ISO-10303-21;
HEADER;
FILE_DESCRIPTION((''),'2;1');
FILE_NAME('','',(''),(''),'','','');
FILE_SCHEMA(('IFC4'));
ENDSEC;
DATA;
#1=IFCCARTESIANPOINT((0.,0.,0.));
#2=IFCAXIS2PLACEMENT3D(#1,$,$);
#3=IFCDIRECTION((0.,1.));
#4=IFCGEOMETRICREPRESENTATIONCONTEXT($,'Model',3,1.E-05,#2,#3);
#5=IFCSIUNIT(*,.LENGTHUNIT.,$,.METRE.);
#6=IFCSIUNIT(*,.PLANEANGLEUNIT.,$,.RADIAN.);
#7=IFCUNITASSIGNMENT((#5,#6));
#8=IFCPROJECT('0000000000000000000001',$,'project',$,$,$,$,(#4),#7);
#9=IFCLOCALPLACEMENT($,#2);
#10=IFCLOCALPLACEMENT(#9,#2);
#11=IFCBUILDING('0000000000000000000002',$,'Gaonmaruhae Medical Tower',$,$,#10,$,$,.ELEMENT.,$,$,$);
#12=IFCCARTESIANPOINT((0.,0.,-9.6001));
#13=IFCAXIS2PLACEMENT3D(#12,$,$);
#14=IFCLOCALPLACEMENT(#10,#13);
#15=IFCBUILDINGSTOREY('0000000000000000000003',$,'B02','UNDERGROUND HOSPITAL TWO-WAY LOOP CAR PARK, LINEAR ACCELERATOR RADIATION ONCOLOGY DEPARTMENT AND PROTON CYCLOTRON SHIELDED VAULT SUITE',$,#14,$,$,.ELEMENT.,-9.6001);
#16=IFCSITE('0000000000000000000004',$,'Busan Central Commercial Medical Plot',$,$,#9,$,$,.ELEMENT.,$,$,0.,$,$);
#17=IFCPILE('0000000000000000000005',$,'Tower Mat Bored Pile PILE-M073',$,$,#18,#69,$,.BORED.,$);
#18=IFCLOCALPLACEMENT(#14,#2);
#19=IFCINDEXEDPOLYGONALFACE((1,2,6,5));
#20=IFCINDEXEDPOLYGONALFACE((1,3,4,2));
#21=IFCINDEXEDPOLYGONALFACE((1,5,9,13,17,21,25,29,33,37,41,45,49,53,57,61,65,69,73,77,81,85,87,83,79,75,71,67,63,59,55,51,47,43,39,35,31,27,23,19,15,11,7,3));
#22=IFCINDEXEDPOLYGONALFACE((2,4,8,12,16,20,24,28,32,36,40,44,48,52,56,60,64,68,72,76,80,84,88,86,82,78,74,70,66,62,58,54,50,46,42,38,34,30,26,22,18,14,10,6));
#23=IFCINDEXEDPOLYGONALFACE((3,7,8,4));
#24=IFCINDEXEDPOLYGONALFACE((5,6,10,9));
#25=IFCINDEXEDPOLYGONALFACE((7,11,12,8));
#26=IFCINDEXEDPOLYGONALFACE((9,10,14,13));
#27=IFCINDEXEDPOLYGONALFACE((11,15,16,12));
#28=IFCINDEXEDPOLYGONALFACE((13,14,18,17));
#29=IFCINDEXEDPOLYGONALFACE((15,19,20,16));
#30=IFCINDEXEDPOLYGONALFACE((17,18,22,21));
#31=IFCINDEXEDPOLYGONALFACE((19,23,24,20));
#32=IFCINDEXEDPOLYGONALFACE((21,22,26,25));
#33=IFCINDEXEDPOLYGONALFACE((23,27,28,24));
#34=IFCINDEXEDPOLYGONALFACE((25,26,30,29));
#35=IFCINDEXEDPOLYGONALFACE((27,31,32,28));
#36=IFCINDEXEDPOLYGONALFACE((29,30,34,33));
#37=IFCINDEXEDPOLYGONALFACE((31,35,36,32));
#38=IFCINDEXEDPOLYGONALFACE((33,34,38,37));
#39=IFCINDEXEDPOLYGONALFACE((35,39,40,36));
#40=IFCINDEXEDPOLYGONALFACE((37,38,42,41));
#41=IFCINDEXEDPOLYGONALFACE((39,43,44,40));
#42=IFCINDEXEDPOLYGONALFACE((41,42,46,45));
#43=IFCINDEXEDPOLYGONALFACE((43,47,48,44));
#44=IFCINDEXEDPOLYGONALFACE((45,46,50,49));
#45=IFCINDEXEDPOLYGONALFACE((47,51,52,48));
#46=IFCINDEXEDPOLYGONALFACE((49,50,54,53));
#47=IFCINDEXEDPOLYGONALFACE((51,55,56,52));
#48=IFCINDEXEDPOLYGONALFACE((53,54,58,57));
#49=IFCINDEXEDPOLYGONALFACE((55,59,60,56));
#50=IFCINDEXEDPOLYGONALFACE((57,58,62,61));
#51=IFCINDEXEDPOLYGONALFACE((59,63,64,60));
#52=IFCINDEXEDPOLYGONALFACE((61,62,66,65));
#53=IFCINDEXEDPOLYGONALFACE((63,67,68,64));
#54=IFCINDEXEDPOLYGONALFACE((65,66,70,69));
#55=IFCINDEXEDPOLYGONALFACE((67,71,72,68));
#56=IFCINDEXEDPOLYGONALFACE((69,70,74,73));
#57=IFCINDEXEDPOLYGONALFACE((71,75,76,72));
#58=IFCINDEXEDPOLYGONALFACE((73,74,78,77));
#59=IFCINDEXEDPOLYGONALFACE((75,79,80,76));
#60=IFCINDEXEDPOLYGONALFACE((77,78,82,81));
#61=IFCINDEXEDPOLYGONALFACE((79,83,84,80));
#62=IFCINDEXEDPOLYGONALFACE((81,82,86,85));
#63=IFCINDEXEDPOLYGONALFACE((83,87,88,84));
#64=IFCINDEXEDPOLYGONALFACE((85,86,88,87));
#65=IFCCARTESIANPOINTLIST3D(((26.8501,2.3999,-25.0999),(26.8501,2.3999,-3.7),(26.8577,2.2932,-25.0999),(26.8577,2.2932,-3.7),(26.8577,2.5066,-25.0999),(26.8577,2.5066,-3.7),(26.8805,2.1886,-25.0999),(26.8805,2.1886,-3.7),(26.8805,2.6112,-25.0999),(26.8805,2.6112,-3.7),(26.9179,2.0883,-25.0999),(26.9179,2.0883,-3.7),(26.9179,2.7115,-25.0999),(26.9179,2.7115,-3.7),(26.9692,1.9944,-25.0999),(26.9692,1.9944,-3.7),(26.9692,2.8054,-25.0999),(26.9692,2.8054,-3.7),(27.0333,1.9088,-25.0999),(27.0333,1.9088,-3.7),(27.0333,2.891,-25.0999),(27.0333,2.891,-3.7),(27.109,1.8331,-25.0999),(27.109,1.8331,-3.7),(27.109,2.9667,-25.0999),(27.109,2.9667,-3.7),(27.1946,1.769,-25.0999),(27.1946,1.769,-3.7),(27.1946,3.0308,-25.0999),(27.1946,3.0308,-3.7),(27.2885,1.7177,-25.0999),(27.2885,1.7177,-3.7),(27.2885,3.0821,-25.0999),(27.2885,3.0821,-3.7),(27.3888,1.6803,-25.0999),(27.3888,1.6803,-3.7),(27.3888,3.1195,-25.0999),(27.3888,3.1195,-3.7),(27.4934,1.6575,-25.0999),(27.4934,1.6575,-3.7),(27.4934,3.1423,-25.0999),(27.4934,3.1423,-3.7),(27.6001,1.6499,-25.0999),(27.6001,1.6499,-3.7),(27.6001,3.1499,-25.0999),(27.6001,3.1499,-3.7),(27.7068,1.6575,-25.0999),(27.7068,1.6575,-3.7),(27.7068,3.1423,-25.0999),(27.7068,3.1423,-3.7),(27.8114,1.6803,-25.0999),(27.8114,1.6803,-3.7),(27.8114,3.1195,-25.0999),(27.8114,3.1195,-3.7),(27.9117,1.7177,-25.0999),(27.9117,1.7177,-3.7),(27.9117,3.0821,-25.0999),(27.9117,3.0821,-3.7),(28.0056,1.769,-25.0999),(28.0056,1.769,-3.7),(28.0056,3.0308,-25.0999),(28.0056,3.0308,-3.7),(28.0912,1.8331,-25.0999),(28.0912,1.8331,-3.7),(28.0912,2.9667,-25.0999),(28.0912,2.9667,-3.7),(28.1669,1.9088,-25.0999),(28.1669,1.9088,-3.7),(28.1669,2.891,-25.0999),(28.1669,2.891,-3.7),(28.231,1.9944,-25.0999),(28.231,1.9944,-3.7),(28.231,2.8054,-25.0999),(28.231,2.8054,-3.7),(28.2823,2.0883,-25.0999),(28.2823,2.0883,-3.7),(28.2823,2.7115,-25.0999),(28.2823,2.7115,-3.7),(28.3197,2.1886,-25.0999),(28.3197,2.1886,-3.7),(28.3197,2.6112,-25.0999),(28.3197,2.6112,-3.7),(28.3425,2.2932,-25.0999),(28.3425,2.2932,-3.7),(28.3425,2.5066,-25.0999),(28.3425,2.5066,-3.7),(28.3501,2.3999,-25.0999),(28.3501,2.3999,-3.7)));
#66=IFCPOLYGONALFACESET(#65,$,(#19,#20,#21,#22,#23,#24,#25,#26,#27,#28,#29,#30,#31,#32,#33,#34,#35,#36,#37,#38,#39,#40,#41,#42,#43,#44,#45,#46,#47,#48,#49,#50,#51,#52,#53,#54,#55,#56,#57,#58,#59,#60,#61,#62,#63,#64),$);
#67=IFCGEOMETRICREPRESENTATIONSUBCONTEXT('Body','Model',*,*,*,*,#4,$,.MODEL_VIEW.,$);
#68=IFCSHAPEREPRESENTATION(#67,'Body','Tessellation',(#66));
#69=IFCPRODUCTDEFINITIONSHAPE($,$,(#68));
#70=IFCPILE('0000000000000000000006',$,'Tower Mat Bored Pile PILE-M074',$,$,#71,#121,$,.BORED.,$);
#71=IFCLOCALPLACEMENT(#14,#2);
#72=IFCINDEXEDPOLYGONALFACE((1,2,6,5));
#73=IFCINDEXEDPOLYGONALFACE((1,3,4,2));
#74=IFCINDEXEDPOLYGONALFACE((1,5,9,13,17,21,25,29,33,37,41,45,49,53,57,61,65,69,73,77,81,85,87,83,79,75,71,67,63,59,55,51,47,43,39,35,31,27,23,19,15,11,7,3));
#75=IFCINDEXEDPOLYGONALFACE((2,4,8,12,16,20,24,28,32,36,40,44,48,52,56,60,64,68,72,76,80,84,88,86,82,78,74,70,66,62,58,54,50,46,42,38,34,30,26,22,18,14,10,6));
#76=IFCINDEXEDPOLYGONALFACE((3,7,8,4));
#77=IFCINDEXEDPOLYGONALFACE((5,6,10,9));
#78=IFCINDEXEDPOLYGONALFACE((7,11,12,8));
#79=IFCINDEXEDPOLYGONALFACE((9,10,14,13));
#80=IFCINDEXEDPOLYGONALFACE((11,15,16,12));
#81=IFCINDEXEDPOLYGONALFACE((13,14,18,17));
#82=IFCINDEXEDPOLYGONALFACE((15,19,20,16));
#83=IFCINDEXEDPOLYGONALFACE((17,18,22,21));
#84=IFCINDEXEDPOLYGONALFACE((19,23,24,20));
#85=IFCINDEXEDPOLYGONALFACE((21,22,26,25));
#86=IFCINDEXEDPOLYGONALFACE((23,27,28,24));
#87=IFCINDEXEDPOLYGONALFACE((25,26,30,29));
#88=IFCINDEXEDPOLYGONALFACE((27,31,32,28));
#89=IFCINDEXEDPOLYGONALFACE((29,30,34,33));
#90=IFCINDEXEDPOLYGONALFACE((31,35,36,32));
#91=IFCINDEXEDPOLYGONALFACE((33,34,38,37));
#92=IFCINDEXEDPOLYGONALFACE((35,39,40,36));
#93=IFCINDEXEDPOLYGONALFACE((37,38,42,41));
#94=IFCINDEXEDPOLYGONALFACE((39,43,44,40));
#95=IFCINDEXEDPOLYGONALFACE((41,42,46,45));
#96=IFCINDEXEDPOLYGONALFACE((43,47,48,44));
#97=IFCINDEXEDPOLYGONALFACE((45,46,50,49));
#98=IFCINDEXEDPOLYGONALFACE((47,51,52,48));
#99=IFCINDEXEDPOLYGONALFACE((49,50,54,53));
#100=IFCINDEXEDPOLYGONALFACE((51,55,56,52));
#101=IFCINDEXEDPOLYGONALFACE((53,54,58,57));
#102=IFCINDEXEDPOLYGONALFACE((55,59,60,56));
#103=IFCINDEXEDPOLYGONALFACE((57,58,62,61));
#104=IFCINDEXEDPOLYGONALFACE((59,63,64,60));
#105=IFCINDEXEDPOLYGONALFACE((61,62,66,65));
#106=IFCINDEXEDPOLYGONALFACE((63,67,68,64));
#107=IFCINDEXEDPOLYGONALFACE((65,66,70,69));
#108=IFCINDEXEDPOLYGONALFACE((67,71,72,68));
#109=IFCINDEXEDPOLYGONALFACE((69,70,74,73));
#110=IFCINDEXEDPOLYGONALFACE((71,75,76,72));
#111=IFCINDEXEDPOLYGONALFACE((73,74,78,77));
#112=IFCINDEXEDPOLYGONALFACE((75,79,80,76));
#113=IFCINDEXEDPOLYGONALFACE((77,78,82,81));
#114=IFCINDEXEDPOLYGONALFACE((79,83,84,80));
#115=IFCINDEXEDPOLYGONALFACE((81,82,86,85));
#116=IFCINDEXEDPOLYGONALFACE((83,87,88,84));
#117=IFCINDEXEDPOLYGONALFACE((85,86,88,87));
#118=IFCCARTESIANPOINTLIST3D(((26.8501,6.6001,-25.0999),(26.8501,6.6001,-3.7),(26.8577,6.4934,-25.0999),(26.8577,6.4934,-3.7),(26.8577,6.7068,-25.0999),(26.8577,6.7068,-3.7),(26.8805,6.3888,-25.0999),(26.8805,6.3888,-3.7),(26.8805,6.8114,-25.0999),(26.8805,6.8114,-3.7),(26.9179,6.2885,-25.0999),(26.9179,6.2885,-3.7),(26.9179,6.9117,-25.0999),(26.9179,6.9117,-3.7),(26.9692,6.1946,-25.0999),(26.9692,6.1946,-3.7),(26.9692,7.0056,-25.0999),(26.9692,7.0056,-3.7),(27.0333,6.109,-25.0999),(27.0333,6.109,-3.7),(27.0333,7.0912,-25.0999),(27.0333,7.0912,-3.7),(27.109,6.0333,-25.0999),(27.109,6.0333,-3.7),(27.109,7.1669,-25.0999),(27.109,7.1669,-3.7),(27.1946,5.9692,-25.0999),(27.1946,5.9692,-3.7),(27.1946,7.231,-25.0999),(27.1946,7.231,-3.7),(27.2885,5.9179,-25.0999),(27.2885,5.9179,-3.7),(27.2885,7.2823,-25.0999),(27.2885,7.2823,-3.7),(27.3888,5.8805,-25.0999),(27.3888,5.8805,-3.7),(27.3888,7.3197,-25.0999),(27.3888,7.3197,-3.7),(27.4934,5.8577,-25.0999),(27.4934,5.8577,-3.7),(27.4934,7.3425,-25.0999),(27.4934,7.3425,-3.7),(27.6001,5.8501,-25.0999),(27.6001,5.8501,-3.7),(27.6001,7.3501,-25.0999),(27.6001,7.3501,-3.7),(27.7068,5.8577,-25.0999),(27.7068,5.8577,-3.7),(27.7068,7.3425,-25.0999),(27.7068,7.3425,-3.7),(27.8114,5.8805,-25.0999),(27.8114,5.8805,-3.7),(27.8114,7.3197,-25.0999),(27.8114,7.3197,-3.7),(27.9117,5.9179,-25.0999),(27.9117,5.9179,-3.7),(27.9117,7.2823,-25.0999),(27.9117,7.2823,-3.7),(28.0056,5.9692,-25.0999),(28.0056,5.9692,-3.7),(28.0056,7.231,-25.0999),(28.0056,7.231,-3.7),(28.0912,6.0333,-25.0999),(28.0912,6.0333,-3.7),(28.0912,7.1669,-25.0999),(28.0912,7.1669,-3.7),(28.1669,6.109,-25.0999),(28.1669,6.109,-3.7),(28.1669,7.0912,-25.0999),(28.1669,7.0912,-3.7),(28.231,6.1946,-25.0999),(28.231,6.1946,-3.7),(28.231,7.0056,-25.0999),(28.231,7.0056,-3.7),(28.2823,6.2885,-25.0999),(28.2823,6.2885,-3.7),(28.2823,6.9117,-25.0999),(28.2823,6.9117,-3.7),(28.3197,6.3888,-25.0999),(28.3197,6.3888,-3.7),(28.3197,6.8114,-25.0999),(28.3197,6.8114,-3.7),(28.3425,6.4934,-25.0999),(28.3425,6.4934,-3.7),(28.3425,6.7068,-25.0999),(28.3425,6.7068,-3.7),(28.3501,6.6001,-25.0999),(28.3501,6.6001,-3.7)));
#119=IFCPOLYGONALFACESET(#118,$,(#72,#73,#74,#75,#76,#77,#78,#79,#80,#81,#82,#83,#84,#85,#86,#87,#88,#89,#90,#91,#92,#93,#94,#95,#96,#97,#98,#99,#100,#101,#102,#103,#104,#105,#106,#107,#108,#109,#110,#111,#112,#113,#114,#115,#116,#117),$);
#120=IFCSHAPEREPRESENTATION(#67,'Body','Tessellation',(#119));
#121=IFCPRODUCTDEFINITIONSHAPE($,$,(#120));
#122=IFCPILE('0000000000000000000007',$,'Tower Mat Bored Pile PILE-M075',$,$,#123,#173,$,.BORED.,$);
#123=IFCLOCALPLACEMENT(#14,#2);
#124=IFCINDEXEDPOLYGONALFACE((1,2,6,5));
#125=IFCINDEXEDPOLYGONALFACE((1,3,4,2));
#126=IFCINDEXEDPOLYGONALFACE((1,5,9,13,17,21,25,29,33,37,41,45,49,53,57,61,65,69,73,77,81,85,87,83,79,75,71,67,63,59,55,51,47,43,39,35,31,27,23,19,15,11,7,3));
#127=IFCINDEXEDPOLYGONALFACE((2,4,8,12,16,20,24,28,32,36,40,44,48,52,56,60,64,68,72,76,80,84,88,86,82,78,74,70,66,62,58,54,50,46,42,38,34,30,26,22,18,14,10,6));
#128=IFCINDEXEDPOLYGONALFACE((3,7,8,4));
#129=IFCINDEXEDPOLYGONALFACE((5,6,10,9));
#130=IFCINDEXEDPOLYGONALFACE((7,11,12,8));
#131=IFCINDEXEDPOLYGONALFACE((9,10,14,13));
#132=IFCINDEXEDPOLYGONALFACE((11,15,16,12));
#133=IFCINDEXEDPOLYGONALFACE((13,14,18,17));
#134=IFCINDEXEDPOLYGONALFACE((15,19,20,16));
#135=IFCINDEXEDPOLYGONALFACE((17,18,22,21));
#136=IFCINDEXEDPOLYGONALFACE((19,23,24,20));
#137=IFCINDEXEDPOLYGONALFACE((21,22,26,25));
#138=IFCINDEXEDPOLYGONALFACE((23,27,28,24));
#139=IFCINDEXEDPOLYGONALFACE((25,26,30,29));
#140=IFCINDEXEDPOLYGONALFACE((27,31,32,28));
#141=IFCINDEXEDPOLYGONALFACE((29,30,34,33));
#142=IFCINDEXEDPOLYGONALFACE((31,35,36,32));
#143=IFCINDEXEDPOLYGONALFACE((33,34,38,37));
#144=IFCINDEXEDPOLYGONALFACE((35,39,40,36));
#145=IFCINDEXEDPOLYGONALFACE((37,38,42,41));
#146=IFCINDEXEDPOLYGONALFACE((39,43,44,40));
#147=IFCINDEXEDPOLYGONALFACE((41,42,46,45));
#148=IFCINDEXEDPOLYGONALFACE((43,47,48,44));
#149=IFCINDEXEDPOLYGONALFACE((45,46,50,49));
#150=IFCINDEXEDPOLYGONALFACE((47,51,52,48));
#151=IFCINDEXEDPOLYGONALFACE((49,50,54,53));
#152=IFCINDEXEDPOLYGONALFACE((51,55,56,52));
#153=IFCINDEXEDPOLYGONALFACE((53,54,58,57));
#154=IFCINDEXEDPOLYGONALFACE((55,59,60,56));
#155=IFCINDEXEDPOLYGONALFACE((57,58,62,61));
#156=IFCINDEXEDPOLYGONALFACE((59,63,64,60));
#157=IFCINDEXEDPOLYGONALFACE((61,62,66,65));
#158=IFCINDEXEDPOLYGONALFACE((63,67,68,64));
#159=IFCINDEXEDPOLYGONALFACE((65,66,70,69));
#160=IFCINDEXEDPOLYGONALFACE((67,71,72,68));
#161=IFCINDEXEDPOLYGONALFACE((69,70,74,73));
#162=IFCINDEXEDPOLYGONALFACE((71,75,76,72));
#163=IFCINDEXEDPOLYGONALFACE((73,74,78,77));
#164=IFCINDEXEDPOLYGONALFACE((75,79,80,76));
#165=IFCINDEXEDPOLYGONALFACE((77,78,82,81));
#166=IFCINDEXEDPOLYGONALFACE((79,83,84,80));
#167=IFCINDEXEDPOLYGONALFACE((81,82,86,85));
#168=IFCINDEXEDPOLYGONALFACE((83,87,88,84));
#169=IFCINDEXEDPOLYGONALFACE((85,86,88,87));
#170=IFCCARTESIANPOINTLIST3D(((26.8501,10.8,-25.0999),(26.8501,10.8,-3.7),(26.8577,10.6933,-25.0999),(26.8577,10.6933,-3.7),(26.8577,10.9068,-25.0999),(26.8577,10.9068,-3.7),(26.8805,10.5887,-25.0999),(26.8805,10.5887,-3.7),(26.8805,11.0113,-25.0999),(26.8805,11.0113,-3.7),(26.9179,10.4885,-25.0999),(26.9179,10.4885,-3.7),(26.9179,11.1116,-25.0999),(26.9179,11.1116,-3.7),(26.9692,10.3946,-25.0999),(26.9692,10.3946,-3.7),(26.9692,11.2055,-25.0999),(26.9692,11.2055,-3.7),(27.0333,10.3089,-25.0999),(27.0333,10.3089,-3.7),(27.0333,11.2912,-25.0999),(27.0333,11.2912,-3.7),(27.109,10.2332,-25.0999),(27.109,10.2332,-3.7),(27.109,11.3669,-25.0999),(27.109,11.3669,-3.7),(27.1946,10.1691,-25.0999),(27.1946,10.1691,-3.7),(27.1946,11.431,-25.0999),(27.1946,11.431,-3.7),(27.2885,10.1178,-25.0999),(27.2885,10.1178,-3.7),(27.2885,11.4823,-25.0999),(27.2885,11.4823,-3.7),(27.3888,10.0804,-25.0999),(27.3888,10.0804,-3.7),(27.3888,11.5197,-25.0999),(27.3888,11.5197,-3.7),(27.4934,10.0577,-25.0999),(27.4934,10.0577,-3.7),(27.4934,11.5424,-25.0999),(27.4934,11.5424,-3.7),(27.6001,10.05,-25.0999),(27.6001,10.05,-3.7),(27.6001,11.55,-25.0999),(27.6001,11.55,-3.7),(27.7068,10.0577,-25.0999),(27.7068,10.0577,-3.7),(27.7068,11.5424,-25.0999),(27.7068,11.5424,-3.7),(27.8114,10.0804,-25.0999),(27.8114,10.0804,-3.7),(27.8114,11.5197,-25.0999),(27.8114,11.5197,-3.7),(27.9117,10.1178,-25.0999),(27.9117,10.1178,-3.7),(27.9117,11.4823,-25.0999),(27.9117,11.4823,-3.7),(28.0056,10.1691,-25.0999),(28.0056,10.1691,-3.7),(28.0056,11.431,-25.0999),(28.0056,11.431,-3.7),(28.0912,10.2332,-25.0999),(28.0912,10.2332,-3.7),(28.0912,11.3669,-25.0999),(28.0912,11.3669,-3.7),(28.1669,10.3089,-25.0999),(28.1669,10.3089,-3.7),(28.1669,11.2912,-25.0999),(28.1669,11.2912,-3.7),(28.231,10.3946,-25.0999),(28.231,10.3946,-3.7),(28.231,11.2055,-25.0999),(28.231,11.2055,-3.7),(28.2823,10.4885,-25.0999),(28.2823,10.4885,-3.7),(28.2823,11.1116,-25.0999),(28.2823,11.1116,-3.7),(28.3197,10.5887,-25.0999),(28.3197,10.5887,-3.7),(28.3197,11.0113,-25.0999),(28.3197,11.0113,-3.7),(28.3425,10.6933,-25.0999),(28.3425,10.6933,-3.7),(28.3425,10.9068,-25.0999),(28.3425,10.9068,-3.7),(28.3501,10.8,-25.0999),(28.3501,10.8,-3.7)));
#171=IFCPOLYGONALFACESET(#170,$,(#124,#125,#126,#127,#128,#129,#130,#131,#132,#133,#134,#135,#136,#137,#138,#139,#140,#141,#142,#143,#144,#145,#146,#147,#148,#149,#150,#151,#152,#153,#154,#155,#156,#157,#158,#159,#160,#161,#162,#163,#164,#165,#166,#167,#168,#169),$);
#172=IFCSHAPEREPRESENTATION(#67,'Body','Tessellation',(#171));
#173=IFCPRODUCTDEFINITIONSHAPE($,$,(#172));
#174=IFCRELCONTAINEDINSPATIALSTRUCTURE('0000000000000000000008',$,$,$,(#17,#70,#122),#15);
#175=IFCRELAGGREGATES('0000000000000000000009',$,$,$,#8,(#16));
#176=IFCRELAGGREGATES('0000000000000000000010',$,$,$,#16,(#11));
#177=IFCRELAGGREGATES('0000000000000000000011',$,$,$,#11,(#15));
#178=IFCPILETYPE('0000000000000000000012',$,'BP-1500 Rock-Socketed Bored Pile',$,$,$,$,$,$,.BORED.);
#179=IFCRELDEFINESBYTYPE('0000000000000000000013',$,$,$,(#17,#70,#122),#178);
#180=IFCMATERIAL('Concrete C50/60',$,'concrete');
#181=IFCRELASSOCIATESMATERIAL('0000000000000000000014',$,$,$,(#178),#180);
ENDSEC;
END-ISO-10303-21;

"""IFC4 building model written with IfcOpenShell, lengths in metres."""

from ifc_helpers import new_model, si_unit, direction, frame, origin, origin_2d, place, context, subcontext, project, spatial, circle, extrude, material, material_profile, profile_set, type_object, element, save


model = new_model("IFC4")

# Units and contexts
model_context = context("Model", 3, precision=1e-05, world=origin(), true_north=direction((0.0, 1.0)))
body_context = subcontext(model_context, "Body", "Model", "MODEL_VIEW")
ifc_project = project(units=[si_unit("LENGTHUNIT", "METRE"), si_unit("PLANEANGLEUNIT", "RADIAN")], contexts=[model_context])

# Site, building, storey
site_placement = place(None, origin())
site = spatial("IfcSite", under=ifc_project, at=site_placement, Name="Busan Central Commercial Medical Plot", CompositionType="ELEMENT", RefElevation=0.0)
building_placement = place(site_placement, origin())
building = spatial("IfcBuilding", under=site, at=building_placement, Name="Gaonmaruhae Medical Tower", CompositionType="ELEMENT")
storey_placement = place(building_placement, frame((0.0, 0.0, -9.6001)))
storey = spatial("IfcBuildingStorey", under=building, at=storey_placement, Name="B02", Description="UNDERGROUND HOSPITAL TWO-WAY LOOP CAR PARK, LINEAR ACCELERATOR RADIATION ONCOLOGY DEPARTMENT AND PROTON CYCLOTRON SHIELDED VAULT SUITE", CompositionType="ELEMENT", Elevation=-9.6001)

# Piles
ifc_material_1 = material(Name="Concrete C50/60", Category="concrete")
ifc_material_profile_1 = material_profile(ifc_material_1, circle(Radius=0.75, at=origin_2d()), Name="PILE-D1500")
ifc_profile_set_1 = profile_set([ifc_material_profile_1], Name="Concrete C50/60")
pile_type = type_object("IfcPileType", Name="BP-1500 Rock-Socketed Bored Pile", PredefinedType="BORED", material=ifc_profile_set_1)
for number, where, z_axis, x_axis, name in (
    (1, (27.6001, 2.3999, -3.7), (0.0, 0.0, -1.0), (1.0, 0.0, 0.0), "Tower Mat Bored Pile PILE-M073"),
    (2, (27.6001, 6.6001, -3.7), (0.0, 0.0, -1.0), (1.0, 0.0, 0.0), "Tower Mat Bored Pile PILE-M074"),
    (3, (27.6001, 10.8, -3.7), (0.0, 0.0, -1.0), (1.0, 0.0, 0.0), "Tower Mat Bored Pile PILE-M075"),
):
    element("IfcPile", number, at=place(storey_placement, frame(where, z_axis=z_axis, x_axis=x_axis)), inside=storey, type_object=pile_type, Name=name, PredefinedType="BORED", context=body_context, shape_type="SweptSolid", body=[
        extrude(circle(Radius=0.75, at=origin_2d()), origin(), (0.0, 0.0, 1.0), 21.3999),
    ])

save(model, "model.ifc")
